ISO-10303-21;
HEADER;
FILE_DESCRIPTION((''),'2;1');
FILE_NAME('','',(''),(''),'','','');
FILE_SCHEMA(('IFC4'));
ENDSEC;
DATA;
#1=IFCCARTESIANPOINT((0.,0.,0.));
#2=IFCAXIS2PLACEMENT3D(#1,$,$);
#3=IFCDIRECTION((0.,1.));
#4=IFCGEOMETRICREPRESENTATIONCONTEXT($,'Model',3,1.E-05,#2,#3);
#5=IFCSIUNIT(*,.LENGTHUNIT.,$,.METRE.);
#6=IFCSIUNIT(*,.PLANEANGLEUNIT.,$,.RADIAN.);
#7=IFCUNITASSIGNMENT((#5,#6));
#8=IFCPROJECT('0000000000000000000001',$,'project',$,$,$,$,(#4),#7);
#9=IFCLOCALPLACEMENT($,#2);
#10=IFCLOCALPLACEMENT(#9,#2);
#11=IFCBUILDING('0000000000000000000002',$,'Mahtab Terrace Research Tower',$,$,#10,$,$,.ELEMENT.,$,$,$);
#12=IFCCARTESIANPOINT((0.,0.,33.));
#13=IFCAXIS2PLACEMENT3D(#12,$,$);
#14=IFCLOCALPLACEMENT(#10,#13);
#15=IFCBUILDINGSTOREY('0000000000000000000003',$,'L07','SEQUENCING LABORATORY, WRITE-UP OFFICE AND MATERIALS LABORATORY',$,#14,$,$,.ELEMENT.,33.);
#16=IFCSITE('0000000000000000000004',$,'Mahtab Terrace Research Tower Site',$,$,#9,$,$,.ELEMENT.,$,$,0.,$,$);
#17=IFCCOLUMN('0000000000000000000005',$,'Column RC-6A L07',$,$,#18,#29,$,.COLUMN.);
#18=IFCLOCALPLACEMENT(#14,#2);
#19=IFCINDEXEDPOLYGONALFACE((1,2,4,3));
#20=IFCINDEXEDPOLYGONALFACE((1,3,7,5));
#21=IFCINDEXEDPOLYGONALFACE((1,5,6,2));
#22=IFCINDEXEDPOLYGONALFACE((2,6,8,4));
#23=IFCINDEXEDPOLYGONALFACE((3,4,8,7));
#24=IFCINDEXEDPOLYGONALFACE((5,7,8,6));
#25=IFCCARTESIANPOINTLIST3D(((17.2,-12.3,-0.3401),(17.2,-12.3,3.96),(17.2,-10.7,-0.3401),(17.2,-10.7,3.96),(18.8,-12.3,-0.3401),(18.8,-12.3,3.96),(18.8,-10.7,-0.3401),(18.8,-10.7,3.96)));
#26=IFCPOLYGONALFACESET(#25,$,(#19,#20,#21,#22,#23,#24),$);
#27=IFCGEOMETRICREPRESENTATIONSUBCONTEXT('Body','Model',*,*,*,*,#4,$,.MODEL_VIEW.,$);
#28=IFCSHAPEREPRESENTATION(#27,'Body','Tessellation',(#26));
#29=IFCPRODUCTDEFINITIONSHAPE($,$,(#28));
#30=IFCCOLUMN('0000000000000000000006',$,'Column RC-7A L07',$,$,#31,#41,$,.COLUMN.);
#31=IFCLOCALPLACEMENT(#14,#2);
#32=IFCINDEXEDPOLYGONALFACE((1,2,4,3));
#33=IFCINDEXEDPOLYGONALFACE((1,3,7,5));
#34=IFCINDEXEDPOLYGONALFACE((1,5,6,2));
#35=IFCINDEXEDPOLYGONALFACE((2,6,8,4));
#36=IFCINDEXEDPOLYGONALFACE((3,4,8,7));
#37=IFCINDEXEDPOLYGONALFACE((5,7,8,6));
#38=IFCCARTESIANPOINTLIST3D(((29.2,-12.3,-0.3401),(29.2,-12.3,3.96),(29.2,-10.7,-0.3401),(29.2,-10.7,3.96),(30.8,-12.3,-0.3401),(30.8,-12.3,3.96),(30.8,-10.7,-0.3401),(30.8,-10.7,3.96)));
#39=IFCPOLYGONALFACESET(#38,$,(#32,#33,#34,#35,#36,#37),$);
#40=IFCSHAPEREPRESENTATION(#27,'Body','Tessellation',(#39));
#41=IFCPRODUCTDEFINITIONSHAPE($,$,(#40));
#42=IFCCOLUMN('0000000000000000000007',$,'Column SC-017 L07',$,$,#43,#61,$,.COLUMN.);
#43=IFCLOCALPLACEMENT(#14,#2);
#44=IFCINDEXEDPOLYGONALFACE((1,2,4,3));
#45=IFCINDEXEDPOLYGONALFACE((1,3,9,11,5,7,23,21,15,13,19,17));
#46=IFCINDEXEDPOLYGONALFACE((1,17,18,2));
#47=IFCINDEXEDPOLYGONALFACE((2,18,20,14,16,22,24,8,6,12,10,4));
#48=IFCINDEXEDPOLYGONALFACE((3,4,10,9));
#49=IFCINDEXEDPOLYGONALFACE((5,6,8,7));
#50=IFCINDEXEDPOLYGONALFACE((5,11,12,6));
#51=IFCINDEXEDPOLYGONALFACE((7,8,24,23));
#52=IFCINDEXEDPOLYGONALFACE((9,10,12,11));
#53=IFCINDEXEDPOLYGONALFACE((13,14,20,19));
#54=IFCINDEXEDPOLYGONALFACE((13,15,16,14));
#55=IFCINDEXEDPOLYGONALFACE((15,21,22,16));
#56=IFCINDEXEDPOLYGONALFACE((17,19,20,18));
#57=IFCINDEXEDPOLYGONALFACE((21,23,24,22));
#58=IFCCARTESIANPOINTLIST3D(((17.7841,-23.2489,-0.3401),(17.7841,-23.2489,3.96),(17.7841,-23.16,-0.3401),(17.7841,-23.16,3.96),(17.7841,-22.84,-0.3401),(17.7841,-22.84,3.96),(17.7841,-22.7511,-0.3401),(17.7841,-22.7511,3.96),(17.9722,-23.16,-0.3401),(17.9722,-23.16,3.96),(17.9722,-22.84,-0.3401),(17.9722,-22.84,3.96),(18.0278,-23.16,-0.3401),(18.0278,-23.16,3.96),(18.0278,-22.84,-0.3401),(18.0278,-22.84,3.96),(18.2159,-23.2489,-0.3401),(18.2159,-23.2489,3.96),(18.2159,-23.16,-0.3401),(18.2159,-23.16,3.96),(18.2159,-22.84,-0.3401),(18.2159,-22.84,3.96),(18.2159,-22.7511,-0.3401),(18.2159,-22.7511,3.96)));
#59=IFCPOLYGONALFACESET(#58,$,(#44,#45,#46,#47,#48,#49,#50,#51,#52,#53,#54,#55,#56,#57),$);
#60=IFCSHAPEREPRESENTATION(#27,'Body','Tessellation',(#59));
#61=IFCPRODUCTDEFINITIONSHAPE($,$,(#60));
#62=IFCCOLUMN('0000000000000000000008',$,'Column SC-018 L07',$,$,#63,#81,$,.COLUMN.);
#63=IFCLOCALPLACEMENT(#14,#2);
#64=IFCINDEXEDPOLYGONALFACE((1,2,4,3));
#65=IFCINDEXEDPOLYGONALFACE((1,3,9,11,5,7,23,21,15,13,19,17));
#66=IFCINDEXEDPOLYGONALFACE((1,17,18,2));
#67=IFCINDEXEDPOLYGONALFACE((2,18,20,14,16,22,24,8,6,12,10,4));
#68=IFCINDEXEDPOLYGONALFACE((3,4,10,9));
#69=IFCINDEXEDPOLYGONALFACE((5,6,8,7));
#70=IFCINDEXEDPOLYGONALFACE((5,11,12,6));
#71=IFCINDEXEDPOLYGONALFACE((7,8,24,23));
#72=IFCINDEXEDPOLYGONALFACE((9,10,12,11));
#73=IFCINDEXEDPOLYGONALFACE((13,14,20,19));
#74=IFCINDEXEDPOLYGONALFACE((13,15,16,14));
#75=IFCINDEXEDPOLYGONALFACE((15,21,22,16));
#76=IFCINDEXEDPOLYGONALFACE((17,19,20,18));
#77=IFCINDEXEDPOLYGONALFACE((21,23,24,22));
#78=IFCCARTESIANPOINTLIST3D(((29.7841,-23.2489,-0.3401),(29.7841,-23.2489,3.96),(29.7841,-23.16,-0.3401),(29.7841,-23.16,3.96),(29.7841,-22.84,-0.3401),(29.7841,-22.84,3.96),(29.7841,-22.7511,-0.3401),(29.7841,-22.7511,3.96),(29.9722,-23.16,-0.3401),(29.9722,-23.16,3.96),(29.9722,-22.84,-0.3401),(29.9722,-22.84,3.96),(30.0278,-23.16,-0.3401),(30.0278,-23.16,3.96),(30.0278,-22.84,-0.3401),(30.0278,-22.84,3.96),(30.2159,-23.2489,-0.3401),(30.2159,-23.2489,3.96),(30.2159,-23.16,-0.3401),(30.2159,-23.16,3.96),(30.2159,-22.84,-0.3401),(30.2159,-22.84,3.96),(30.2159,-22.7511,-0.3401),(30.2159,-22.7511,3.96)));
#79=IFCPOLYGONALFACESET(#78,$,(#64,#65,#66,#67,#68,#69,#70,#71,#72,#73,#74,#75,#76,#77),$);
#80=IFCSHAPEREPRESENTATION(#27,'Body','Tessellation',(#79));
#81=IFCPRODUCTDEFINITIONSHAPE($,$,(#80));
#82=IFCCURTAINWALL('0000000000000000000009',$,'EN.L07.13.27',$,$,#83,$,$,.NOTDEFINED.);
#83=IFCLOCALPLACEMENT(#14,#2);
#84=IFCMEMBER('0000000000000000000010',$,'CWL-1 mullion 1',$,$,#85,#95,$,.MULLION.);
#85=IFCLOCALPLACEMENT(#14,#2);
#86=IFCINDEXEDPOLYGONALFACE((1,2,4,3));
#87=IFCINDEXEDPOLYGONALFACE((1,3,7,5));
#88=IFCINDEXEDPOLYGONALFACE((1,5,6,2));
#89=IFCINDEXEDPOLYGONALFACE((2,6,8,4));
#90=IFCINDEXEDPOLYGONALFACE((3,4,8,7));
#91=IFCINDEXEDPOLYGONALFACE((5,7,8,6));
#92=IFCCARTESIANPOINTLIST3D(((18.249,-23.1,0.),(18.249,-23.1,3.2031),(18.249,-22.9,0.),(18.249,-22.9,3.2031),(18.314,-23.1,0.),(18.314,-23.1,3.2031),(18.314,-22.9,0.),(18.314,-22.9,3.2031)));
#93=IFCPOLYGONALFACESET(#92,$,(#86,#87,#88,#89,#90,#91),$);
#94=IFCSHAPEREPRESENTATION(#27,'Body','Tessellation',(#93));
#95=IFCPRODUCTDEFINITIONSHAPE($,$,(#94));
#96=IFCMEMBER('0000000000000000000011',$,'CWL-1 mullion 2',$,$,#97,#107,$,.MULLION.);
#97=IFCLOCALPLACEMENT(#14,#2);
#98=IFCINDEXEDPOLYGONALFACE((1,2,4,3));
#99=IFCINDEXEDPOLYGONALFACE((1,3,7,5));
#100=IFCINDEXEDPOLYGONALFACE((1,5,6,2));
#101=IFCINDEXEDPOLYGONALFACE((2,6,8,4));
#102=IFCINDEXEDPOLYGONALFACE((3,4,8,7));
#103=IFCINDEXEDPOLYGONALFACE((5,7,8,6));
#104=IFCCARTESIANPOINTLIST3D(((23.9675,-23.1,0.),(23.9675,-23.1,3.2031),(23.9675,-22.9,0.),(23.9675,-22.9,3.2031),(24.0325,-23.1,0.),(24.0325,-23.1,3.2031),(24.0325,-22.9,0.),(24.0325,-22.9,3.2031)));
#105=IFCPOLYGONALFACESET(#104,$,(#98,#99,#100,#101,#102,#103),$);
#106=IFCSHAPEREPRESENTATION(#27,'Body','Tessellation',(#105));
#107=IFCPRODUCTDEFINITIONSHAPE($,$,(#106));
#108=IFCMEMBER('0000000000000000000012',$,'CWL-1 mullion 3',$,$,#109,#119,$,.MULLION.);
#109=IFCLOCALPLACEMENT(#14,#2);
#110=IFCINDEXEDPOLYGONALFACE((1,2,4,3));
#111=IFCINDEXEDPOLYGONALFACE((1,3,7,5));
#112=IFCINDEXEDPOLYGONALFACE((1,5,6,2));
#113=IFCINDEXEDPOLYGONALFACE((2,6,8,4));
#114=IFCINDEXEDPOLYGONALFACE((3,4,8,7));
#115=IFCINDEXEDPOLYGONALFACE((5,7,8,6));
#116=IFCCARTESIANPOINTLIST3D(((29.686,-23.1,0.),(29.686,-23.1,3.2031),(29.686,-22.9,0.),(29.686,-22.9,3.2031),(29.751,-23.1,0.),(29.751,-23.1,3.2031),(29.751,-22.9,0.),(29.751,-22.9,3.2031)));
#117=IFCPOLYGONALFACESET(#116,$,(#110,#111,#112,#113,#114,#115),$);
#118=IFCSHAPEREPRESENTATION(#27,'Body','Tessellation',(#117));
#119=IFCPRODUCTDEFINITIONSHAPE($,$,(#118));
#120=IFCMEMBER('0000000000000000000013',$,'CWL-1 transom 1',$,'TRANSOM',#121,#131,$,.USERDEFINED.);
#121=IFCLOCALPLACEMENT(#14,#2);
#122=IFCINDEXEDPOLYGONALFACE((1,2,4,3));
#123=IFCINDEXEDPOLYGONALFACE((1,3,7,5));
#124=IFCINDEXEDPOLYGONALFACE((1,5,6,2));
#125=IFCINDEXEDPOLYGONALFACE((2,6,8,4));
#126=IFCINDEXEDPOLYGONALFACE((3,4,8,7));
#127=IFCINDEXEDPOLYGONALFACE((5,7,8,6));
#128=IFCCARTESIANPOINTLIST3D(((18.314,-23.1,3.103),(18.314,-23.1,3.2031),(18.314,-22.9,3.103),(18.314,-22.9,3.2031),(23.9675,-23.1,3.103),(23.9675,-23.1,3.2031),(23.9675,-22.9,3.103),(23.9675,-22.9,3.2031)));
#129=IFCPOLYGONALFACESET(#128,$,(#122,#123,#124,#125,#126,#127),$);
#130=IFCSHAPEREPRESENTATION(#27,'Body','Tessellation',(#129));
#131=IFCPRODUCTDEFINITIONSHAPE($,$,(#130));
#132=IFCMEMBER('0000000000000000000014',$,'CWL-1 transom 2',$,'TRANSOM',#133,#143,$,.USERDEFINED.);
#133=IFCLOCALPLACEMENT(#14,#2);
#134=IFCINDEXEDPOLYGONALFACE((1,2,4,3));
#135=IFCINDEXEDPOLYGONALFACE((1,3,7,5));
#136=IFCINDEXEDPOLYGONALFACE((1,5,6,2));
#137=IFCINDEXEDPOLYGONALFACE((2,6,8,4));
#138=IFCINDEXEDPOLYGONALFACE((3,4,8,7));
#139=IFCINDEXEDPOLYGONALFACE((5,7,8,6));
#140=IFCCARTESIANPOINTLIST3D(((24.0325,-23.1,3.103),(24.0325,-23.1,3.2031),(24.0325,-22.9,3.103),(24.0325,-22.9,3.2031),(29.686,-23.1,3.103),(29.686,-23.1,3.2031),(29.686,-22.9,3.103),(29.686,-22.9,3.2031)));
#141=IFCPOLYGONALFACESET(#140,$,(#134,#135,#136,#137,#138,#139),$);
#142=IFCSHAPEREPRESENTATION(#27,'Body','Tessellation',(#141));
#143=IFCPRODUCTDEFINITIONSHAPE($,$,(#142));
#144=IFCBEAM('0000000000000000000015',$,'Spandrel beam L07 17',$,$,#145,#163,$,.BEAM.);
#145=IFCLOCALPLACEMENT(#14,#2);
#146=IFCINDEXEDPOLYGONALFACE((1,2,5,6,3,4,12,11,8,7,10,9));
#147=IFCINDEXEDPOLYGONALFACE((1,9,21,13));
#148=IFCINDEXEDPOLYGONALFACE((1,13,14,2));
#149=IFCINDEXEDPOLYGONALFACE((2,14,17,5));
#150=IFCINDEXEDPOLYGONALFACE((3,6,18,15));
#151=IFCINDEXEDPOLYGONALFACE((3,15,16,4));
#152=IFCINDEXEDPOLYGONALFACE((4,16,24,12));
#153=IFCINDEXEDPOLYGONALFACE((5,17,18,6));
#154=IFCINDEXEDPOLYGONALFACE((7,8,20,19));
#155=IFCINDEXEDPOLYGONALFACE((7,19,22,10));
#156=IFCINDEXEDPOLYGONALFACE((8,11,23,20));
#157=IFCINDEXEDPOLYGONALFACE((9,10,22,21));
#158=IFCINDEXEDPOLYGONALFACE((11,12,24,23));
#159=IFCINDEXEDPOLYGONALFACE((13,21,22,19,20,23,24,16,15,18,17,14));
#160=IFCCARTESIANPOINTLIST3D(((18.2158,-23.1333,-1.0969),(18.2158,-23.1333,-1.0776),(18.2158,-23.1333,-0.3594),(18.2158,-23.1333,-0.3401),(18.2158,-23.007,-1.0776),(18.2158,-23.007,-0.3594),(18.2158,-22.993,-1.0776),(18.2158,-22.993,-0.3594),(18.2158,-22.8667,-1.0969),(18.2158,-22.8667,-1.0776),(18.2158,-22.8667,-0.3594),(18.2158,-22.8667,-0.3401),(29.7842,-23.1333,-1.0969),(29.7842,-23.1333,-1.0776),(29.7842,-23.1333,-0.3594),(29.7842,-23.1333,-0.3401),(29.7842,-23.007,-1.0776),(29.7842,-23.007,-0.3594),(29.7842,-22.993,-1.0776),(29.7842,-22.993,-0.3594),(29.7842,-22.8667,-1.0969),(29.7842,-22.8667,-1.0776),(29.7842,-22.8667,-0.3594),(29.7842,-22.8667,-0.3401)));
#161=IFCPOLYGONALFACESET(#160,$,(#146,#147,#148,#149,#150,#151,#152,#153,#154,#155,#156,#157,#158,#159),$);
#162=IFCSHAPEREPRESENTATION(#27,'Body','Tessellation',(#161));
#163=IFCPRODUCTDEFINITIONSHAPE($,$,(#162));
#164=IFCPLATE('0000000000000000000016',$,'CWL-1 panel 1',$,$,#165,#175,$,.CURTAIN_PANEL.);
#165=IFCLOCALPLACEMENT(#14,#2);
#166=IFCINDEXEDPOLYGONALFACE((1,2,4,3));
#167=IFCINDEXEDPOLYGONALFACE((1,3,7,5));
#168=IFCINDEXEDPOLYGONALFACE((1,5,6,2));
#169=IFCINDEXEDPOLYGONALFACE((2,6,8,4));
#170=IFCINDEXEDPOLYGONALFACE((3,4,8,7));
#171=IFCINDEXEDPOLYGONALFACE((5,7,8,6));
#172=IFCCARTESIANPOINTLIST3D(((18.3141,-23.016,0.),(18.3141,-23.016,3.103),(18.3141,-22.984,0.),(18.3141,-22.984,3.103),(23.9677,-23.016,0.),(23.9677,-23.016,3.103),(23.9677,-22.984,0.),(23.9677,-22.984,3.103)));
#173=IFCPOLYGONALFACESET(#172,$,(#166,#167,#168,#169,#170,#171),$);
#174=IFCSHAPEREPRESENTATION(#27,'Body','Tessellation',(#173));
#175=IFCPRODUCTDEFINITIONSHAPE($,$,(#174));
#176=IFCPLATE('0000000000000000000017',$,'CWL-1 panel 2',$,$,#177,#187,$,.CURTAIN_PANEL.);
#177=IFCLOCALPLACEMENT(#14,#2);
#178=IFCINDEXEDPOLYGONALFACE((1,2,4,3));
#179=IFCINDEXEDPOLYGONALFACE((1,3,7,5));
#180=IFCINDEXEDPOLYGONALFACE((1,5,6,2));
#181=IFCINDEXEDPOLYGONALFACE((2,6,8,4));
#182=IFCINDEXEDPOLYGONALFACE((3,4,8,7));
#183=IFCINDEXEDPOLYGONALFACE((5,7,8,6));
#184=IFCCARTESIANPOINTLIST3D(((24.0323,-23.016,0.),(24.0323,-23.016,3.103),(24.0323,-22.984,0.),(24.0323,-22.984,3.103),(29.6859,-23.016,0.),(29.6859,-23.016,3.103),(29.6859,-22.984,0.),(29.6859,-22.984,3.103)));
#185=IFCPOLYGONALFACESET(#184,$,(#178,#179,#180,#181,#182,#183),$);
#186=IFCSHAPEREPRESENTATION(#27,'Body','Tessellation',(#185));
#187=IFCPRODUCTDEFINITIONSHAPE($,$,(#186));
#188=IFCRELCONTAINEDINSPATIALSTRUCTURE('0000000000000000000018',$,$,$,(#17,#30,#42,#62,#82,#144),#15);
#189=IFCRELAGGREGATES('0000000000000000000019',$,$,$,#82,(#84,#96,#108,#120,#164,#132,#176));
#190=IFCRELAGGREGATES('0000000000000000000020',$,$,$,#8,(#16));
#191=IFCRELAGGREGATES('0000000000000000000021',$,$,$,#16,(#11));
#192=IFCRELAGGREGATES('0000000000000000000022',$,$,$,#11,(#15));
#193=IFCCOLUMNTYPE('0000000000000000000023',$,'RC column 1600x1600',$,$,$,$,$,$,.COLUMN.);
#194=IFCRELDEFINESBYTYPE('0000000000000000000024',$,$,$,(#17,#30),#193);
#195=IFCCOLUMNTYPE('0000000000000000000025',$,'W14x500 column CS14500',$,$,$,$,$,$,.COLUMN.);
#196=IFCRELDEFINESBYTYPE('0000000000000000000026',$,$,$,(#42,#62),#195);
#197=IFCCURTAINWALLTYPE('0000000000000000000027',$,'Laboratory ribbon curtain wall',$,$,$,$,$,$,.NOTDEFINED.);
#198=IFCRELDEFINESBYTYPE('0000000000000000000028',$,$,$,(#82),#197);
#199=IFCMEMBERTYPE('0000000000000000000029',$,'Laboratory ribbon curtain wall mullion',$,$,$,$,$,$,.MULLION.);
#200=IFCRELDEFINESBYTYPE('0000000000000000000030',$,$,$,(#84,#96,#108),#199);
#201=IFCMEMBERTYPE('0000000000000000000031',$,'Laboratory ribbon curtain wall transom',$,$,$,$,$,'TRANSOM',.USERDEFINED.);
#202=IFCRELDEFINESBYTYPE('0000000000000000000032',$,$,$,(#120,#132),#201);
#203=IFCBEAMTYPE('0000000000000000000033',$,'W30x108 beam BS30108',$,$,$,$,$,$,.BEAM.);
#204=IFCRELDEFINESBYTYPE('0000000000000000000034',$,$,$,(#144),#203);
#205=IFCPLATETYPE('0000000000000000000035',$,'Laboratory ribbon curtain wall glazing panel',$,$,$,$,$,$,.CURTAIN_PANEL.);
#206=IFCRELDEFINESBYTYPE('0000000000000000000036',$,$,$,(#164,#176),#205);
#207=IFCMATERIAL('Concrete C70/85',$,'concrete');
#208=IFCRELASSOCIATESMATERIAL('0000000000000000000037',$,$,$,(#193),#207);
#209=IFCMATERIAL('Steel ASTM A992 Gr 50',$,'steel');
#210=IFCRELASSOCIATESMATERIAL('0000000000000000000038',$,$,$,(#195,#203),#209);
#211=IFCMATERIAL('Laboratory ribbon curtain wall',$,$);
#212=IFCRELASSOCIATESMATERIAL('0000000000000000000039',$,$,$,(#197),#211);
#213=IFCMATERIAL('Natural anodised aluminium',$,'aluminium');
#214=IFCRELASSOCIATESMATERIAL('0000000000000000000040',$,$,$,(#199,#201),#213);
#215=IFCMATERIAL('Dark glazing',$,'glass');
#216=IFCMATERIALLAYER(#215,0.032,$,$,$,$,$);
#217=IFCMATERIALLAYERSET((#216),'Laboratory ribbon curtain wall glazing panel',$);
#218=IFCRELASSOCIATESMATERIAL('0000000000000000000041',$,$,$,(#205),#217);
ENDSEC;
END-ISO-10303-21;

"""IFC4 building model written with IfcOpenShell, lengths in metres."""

from ifc_helpers import new_model, si_unit, direction, frame, origin, origin_2d, place, context, subcontext, project, spatial, rectangle, i_section, extrude, material, layer, layer_set, material_profile, profile_set, type_object, element, aggregate, save


model = new_model("IFC4")

# Units and contexts
model_context = context("Model", 3, precision=1e-05, world=origin(), true_north=direction((0.0, 1.0)))
body_context = subcontext(model_context, "Body", "Model", "MODEL_VIEW")
ifc_project = project(units=[si_unit("LENGTHUNIT", "METRE"), si_unit("PLANEANGLEUNIT", "RADIAN")], contexts=[model_context])

# Site, building, storey
site_placement = place(None, origin())
site = spatial("IfcSite", under=ifc_project, at=site_placement, Name="Mahtab Terrace Research Tower Site", CompositionType="ELEMENT", RefElevation=0.0)
building_placement = place(site_placement, origin())
building = spatial("IfcBuilding", under=site, at=building_placement, Name="Mahtab Terrace Research Tower", CompositionType="ELEMENT")
storey_placement = place(building_placement, frame((0.0, 0.0, 33.0)))
storey = spatial("IfcBuildingStorey", under=building, at=storey_placement, Name="L07", Description="SEQUENCING LABORATORY, WRITE-UP OFFICE AND MATERIALS LABORATORY", CompositionType="ELEMENT", Elevation=33.0)

# Columns
ifc_material_1 = material(Name="Concrete C70/85", Category="concrete")
ifc_material_profile_1 = material_profile(ifc_material_1, rectangle(XDim=1.6001, YDim=1.6001, at=origin_2d()), Name="RC column 1600x1600")
ifc_profile_set_1 = profile_set([ifc_material_profile_1], Name="Concrete C70/85")
column_type_1 = type_object("IfcColumnType", Name="RC column 1600x1600", PredefinedType="COLUMN", material=ifc_profile_set_1)
for number, where, z_axis, x_axis, name in (
    (1, (18.0, -11.5, -0.3401), (0.0, 0.0, 1.0), (1.0, 0.0, 0.0), "Column RC-6A L07"),
    (2, (30.0, -11.5, -0.3401), (0.0, 0.0, 1.0), (1.0, 0.0, 0.0), "Column RC-7A L07"),
):
    element("IfcColumn", number, at=place(storey_placement, frame(where, z_axis=z_axis, x_axis=x_axis)), inside=storey, type_object=column_type_1, Name=name, PredefinedType="COLUMN", context=body_context, shape_type="SweptSolid", body=[
        extrude(rectangle(XDim=1.6001, YDim=1.6001, at=origin_2d()), origin(), (0.0, 0.0, 1.0), 4.3),
    ])
ifc_material_2 = material(Name="Steel ASTM A992 Gr 50", Category="steel")
ifc_material_profile_2 = material_profile(ifc_material_2, i_section(OverallWidth=0.4319, OverallDepth=0.4978, WebThickness=0.0557, FlangeThickness=0.0889, at=origin_2d()), Name="W14X500")
ifc_profile_set_2 = profile_set([ifc_material_profile_2], Name="Steel ASTM A992 Gr 50")
column_type_2 = type_object("IfcColumnType", Name="W14x500 column CS14500", PredefinedType="COLUMN", material=ifc_profile_set_2)
for number, where, z_axis, x_axis, name in (
    (3, (18.0, -23.0, -0.3401), (0.0, 0.0, 1.0), (1.0, 0.0, 0.0), "Column SC-017 L07"),
    (4, (30.0, -23.0, -0.3401), (0.0, 0.0, 1.0), (1.0, 0.0, 0.0), "Column SC-018 L07"),
):
    element("IfcColumn", number, at=place(storey_placement, frame(where, z_axis=z_axis, x_axis=x_axis)), inside=storey, type_object=column_type_2, Name=name, PredefinedType="COLUMN", context=body_context, shape_type="SweptSolid", body=[
        extrude(i_section(OverallWidth=0.4319, OverallDepth=0.4978, WebThickness=0.0557, FlangeThickness=0.0889, at=origin_2d()), origin(), (0.0, 0.0, 1.0), 4.3),
    ])

# Curtain wall, members
ifc_material_3 = material(Name="Laboratory ribbon curtain wall")
curtain_wall_type = type_object("IfcCurtainWallType", Name="Laboratory ribbon curtain wall", PredefinedType="NOTDEFINED", material=ifc_material_3)
curtain_wall_placement = place(storey_placement, origin())
curtain_wall = element("IfcCurtainWall", 5, at=curtain_wall_placement, inside=storey, type_object=curtain_wall_type, Name="EN.L07.13.27", PredefinedType="NOTDEFINED")
ifc_material_4 = material(Name="Natural anodised aluminium", Category="aluminium")
ifc_material_profile_3 = material_profile(ifc_material_4, rectangle(XDim=0.2, YDim=0.0649, at=origin_2d()), Name="MULLION 65x200")
ifc_profile_set_3 = profile_set([ifc_material_profile_3], Name="Natural anodised aluminium")
member_type_1 = type_object("IfcMemberType", Name="Laboratory ribbon curtain wall mullion", PredefinedType="MULLION", material=ifc_profile_set_3)
member_1_placement = place(storey_placement, frame((18.2815, -23.0, 0.0), z_axis=(0.0, 0.0, 1.0), x_axis=(0.0, 1.0, 0.0)))
member_1 = element("IfcMember", 6, at=member_1_placement, type_object=member_type_1, Name="CWL-1 mullion 1", PredefinedType="MULLION", context=body_context, shape_type="SweptSolid", body=[
    extrude(rectangle(XDim=0.2, YDim=0.0649, at=origin_2d()), origin(), (0.0, 0.0, 1.0), 3.2031),
])
member_2_placement = place(storey_placement, frame((24.0, -23.0, 0.0), z_axis=(0.0, 0.0, 1.0), x_axis=(0.0, 1.0, 0.0)))
member_2 = element("IfcMember", 7, at=member_2_placement, type_object=member_type_1, Name="CWL-1 mullion 2", PredefinedType="MULLION", context=body_context, shape_type="SweptSolid", body=[
    extrude(rectangle(XDim=0.2, YDim=0.0649, at=origin_2d()), origin(), (0.0, 0.0, 1.0), 3.2031),
])
member_3_placement = place(storey_placement, frame((29.7185, -23.0, 0.0), z_axis=(0.0, 0.0, 1.0), x_axis=(0.0, 1.0, 0.0)))
member_3 = element("IfcMember", 8, at=member_3_placement, type_object=member_type_1, Name="CWL-1 mullion 3", PredefinedType="MULLION", context=body_context, shape_type="SweptSolid", body=[
    extrude(rectangle(XDim=0.2, YDim=0.0649, at=origin_2d()), origin(), (0.0, 0.0, 1.0), 3.2031),
])
ifc_material_profile_4 = material_profile(ifc_material_4, rectangle(XDim=0.2, YDim=0.1001, at=origin_2d()), Name="TRANSOM 100x200")
ifc_profile_set_4 = profile_set([ifc_material_profile_4], Name="Natural anodised aluminium")
member_type_2 = type_object("IfcMemberType", Name="Laboratory ribbon curtain wall transom", ElementType="TRANSOM", PredefinedType="USERDEFINED", material=ifc_profile_set_4)
member_4_placement = place(storey_placement, frame((18.314, -23.0, 3.1531), z_axis=(1.0, 0.0, 0.0), x_axis=(0.0, 1.0, 0.0)))
member_4 = element("IfcMember", 9, at=member_4_placement, type_object=member_type_2, Name="CWL-1 transom 1", ObjectType="TRANSOM", PredefinedType="USERDEFINED", context=body_context, shape_type="SweptSolid", body=[
    extrude(rectangle(XDim=0.2, YDim=0.1001, at=origin_2d()), origin(), (0.0, 0.0, 1.0), 5.6536),
])
member_5_placement = place(storey_placement, frame((24.0325, -23.0, 3.1531), z_axis=(1.0, 0.0, 0.0), x_axis=(0.0, 1.0, 0.0)))
member_5 = element("IfcMember", 10, at=member_5_placement, type_object=member_type_2, Name="CWL-1 transom 2", ObjectType="TRANSOM", PredefinedType="USERDEFINED", context=body_context, shape_type="SweptSolid", body=[
    extrude(rectangle(XDim=0.2, YDim=0.1001, at=origin_2d()), origin(), (0.0, 0.0, 1.0), 5.6536),
])

# Beam
ifc_material_profile_5 = material_profile(ifc_material_2, i_section(OverallWidth=0.2666, OverallDepth=0.7568, WebThickness=0.0139, FlangeThickness=0.0193, at=origin_2d()), Name="W30X108")
ifc_profile_set_5 = profile_set([ifc_material_profile_5], Name="Steel ASTM A992 Gr 50")
beam_type = type_object("IfcBeamType", Name="W30x108 beam BS30108", PredefinedType="BEAM", material=ifc_profile_set_5)
beam_placement = place(storey_placement, frame((18.2158, -23.0, -0.7185), z_axis=(1.0, 0.0, 0.0), x_axis=(0.0, 1.0, 0.0)))
element("IfcBeam", 11, at=beam_placement, inside=storey, type_object=beam_type, Name="Spandrel beam L07 17", PredefinedType="BEAM", context=body_context, shape_type="SweptSolid", body=[
    extrude(i_section(OverallWidth=0.2666, OverallDepth=0.7568, WebThickness=0.0139, FlangeThickness=0.0193, at=origin_2d()), origin(), (0.0, 0.0, 1.0), 11.5684),
])

# Plates
ifc_material_5 = material(Name="Dark glazing", Category="glass")
ifc_layer_1 = layer(ifc_material_5, 0.032)
ifc_layer_set_1 = layer_set([ifc_layer_1], Name="Laboratory ribbon curtain wall glazing panel")
plate_type = type_object("IfcPlateType", Name="Laboratory ribbon curtain wall glazing panel", PredefinedType="CURTAIN_PANEL", material=ifc_layer_set_1)
plate_1_placement = place(storey_placement, frame((21.1409, -23.0, 0.0), z_axis=(0.0, 0.0, 1.0), x_axis=(1.0, 0.0, 0.0)))
plate_1 = element("IfcPlate", 12, at=plate_1_placement, type_object=plate_type, Name="CWL-1 panel 1", PredefinedType="CURTAIN_PANEL", context=body_context, shape_type="SweptSolid", body=[
    extrude(rectangle(XDim=5.6536, YDim=0.032, at=origin_2d()), origin(), (0.0, 0.0, 1.0), 3.103),
])
plate_2_placement = place(storey_placement, frame((26.8591, -23.0, 0.0), z_axis=(0.0, 0.0, 1.0), x_axis=(1.0, 0.0, 0.0)))
plate_2 = element("IfcPlate", 13, at=plate_2_placement, type_object=plate_type, Name="CWL-1 panel 2", PredefinedType="CURTAIN_PANEL", context=body_context, shape_type="SweptSolid", body=[
    extrude(rectangle(XDim=5.6536, YDim=0.032, at=origin_2d()), origin(), (0.0, 0.0, 1.0), 3.103),
])
aggregate(curtain_wall, [member_1, member_2, member_3, member_4, plate_1, member_5, plate_2])

save(model, "model.ifc")
